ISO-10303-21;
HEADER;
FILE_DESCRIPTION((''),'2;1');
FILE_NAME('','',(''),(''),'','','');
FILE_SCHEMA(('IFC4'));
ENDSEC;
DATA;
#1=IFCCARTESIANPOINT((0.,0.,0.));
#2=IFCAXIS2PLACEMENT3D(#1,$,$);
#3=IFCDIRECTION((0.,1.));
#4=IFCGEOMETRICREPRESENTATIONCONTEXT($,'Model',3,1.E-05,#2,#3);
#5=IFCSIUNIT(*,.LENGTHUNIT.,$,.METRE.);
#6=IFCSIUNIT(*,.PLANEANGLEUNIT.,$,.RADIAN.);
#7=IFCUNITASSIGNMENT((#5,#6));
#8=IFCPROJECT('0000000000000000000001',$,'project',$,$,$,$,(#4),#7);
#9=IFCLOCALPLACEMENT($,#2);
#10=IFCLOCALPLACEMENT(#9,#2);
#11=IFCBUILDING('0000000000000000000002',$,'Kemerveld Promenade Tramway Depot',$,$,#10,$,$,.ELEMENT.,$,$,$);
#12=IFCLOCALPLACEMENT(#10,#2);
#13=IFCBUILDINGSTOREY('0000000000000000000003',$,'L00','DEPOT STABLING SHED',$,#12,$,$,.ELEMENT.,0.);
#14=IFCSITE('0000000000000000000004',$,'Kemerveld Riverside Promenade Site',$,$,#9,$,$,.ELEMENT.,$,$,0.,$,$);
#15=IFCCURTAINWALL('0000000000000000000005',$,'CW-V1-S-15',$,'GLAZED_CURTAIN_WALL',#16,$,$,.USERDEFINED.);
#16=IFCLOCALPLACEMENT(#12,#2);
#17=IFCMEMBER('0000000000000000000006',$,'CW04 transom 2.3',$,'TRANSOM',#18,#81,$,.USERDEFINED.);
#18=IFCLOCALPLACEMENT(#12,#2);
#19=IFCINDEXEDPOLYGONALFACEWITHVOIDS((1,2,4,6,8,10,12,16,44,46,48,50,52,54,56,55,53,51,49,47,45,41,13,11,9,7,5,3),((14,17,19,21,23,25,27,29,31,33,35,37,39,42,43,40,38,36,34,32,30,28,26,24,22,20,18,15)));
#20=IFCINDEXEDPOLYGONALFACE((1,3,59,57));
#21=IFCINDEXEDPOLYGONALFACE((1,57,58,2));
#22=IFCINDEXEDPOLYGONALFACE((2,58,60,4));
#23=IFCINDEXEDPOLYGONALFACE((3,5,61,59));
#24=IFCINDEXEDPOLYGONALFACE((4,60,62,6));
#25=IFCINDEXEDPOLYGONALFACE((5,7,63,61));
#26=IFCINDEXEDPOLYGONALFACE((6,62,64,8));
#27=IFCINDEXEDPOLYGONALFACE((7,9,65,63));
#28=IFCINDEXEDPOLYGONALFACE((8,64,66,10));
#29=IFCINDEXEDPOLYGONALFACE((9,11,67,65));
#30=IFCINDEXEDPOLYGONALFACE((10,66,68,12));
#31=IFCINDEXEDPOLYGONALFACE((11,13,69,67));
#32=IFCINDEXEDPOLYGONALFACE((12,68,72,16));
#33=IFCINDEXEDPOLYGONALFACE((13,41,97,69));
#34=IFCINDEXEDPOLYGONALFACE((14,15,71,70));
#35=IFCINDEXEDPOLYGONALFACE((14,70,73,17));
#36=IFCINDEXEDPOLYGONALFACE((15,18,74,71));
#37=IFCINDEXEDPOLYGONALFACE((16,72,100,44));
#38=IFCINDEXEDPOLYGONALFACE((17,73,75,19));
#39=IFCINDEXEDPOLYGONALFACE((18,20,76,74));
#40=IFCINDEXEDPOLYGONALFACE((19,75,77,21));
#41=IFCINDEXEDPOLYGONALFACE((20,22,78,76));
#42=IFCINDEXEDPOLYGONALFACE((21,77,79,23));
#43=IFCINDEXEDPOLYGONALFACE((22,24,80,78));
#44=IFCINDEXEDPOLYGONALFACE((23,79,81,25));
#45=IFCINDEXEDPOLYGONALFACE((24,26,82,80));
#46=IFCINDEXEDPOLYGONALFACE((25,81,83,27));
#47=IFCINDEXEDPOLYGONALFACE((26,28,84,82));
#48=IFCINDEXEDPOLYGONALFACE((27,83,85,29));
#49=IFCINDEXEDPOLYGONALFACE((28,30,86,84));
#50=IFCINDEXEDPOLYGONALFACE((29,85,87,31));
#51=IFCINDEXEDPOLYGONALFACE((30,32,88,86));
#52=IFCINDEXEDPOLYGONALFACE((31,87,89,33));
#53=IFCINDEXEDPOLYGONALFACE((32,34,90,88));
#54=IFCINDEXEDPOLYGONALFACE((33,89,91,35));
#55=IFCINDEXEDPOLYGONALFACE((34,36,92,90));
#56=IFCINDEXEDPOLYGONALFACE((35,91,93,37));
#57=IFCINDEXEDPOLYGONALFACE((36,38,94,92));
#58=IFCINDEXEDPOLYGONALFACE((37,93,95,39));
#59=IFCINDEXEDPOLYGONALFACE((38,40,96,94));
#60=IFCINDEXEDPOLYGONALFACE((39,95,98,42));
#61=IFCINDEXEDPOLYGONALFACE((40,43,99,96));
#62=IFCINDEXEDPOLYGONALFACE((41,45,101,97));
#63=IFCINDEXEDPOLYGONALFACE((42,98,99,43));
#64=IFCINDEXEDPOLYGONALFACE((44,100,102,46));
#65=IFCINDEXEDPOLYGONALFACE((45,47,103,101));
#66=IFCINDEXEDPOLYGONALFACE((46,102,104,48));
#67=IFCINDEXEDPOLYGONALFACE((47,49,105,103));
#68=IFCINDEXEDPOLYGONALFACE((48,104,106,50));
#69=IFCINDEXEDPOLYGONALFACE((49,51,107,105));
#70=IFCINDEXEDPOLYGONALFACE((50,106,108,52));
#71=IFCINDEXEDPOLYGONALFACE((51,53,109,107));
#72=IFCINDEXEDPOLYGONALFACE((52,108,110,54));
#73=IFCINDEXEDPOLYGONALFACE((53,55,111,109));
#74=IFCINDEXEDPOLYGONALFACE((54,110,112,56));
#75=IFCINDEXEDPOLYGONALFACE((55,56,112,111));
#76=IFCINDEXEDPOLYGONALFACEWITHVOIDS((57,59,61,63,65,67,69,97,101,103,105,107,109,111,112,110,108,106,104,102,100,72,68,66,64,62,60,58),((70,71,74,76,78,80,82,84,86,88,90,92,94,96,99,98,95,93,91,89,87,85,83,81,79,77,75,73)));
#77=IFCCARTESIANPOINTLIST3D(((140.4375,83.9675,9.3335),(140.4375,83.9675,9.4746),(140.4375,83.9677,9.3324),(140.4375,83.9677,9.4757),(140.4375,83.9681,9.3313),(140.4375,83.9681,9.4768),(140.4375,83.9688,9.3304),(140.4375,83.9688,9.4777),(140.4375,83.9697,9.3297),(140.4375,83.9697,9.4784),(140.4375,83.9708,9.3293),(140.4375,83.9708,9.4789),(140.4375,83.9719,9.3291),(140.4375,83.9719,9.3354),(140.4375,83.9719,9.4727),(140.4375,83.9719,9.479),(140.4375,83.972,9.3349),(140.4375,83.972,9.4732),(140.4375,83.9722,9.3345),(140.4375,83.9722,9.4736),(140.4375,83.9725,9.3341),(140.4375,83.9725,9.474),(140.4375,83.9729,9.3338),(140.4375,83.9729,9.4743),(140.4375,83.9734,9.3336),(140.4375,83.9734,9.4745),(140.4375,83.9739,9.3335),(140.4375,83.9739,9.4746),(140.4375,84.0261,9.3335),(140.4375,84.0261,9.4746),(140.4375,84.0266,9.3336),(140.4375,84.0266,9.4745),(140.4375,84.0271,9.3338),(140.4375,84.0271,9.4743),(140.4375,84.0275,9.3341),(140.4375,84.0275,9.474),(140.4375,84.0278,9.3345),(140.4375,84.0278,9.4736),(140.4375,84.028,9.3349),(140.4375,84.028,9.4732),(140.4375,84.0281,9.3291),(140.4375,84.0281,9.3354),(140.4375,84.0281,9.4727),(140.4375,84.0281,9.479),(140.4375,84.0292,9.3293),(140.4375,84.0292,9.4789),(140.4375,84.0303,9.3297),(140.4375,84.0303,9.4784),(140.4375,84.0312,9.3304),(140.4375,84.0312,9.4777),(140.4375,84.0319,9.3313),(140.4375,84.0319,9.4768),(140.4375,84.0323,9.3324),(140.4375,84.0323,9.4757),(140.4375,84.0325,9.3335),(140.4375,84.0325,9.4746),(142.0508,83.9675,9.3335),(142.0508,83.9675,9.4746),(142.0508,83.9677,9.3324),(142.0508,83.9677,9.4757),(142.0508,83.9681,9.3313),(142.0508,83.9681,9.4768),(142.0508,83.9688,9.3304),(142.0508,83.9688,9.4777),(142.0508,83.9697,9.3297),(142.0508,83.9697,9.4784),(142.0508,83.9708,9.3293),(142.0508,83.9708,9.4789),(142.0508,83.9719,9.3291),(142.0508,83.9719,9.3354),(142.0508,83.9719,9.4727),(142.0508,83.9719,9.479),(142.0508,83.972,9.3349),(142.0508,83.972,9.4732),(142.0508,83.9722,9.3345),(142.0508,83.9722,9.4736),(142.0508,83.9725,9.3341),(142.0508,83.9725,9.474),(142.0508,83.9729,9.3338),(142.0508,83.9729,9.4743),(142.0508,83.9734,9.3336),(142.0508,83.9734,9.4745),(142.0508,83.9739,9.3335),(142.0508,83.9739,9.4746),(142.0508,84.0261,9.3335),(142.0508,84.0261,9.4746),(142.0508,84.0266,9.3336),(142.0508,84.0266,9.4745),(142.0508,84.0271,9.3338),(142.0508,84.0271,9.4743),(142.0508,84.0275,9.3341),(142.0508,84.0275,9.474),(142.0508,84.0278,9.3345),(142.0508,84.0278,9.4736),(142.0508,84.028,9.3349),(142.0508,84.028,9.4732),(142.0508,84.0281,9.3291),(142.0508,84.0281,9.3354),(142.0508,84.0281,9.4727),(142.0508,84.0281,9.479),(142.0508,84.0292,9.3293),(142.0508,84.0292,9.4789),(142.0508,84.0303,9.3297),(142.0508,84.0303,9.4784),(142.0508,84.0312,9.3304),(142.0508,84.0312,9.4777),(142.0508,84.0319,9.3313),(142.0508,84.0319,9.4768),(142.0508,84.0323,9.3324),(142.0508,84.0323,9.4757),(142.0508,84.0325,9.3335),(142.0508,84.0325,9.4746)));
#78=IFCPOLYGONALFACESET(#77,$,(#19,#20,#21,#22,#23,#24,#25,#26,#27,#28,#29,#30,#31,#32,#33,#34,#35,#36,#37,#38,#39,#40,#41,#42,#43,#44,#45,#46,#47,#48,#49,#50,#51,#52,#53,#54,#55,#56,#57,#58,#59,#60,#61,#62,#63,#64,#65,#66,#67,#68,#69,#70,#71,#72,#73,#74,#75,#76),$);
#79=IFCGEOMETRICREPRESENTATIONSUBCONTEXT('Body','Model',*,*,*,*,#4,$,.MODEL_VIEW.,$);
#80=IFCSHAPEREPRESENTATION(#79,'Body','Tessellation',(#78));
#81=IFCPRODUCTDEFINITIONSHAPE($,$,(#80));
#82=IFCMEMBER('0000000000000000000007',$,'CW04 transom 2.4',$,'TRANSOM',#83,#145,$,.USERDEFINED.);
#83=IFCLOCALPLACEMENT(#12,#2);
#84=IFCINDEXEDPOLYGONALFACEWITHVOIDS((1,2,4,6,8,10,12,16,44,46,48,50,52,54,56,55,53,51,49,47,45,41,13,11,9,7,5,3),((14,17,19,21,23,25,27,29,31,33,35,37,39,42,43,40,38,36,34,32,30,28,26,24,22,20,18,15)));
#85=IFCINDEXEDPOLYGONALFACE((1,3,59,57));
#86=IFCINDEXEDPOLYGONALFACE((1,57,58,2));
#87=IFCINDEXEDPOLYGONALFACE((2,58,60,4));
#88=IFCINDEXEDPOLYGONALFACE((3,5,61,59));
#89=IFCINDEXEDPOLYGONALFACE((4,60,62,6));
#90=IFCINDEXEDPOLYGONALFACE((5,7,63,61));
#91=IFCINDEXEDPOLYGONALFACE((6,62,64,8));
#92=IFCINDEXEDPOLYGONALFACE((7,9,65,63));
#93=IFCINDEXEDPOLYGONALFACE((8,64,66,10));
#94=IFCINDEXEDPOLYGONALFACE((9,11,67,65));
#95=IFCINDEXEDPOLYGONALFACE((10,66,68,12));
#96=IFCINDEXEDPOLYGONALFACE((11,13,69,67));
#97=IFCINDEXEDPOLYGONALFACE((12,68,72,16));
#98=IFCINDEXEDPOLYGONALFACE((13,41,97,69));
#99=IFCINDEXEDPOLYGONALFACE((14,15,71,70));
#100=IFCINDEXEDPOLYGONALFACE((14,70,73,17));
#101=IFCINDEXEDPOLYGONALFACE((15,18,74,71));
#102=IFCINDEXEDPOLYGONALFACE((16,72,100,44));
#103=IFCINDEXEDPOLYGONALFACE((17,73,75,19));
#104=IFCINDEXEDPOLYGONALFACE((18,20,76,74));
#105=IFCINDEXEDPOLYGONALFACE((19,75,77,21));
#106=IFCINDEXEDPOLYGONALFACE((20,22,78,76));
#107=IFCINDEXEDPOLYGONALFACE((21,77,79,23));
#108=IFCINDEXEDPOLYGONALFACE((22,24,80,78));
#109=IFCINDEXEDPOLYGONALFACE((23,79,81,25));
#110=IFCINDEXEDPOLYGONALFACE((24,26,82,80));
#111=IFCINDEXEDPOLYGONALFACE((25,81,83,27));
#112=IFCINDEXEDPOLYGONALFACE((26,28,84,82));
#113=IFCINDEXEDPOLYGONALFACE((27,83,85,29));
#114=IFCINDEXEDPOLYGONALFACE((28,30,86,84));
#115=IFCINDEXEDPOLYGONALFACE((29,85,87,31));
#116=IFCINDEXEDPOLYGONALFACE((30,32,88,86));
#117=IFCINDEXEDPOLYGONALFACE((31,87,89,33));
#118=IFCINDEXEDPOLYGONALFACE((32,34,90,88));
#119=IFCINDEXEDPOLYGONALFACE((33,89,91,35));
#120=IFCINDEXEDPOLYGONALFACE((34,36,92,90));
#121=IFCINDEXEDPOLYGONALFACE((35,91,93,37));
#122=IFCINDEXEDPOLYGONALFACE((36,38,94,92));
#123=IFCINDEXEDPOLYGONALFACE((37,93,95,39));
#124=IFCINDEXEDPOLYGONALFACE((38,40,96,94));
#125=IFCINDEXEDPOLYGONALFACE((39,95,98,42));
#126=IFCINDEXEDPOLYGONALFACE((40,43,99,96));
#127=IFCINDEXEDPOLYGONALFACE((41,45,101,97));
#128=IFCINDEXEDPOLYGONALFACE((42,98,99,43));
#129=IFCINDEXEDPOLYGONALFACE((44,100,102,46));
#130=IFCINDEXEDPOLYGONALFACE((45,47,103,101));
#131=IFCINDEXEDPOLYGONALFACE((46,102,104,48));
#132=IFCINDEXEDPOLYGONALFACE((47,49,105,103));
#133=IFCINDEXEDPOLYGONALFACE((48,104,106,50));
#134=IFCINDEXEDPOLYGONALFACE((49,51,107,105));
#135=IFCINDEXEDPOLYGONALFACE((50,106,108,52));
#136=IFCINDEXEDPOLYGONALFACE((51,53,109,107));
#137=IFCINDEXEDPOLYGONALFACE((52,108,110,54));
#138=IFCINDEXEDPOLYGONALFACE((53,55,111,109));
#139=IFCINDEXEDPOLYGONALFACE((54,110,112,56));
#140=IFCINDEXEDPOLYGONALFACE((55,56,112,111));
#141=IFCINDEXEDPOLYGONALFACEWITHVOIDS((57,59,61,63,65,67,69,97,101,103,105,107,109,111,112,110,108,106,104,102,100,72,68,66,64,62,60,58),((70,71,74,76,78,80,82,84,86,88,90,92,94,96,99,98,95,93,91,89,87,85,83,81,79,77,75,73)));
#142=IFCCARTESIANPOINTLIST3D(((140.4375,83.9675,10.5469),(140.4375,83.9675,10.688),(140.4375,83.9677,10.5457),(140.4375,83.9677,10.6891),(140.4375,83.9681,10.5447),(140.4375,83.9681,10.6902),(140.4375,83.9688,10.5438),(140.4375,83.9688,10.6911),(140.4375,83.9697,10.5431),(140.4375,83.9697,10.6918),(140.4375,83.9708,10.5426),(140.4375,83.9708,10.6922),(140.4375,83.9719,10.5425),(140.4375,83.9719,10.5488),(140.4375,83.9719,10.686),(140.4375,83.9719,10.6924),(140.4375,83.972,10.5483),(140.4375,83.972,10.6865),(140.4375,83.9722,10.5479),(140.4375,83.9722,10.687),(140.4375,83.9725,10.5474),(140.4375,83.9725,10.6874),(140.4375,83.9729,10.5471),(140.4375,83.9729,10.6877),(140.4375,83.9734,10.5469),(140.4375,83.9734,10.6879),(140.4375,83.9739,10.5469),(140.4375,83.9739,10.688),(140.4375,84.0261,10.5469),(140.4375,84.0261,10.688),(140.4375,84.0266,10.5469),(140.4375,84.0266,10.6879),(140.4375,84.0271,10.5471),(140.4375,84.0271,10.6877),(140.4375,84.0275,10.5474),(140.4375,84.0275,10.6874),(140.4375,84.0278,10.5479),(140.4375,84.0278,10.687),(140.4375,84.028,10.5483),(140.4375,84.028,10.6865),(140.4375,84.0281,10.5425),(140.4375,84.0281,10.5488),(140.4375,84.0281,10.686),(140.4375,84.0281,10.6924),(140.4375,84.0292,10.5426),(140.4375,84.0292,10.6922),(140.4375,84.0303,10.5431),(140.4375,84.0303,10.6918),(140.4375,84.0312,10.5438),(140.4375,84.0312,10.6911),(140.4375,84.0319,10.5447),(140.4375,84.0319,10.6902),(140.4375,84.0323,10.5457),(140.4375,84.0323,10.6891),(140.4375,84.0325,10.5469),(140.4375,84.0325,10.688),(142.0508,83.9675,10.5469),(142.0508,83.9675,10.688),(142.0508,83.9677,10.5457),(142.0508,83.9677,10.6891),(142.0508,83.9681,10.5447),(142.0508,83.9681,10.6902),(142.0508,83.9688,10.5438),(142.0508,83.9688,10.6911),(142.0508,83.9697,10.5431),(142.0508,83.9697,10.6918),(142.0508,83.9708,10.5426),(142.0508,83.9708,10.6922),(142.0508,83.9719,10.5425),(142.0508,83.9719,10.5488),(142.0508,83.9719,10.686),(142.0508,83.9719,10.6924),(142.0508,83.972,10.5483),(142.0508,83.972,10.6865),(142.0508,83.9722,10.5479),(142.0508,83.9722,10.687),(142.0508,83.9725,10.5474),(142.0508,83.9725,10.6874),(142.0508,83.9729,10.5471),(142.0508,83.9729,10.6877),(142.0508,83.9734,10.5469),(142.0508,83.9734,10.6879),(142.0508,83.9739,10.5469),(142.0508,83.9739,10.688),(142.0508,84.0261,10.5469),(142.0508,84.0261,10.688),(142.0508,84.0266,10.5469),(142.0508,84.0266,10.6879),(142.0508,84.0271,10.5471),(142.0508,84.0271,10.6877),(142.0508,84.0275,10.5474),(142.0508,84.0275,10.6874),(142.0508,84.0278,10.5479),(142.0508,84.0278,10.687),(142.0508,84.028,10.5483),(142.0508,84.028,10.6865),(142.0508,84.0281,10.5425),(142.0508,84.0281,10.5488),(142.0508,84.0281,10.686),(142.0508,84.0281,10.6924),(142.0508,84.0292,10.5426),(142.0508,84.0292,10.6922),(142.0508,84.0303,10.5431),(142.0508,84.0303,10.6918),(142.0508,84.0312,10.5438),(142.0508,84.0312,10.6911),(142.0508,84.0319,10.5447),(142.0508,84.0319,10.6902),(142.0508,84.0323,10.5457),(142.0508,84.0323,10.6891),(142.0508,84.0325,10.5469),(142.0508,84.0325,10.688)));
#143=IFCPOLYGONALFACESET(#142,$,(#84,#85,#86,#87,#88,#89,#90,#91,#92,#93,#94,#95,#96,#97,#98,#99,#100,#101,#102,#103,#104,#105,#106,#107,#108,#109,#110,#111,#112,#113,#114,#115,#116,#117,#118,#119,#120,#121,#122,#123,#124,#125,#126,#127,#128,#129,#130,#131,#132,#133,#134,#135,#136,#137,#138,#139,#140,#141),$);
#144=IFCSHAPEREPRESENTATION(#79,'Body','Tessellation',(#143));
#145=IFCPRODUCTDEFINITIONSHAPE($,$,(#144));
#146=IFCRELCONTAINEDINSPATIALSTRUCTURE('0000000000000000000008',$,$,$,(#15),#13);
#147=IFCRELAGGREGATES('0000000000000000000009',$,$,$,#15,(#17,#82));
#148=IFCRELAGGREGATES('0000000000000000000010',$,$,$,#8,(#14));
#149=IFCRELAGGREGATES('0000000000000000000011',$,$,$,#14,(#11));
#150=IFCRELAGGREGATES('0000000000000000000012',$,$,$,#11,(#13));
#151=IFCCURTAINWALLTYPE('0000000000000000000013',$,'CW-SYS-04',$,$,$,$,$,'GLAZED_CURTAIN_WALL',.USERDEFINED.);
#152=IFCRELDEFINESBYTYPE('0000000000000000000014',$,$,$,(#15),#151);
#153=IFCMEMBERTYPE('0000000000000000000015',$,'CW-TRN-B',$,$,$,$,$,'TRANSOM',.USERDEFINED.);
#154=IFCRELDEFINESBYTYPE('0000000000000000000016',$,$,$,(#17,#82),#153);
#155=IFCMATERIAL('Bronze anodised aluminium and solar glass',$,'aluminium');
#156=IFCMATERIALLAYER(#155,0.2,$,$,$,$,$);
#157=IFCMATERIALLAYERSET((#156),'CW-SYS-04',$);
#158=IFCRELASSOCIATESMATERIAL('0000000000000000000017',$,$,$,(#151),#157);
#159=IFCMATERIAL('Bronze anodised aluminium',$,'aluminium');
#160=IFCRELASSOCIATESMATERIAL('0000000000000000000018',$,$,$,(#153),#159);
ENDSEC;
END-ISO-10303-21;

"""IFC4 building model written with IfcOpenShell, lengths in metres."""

from ifc_helpers import new_model, si_unit, direction, frame, origin, origin_2d, place, context, subcontext, project, spatial, hollow_rectangle, extrude, material, layer, layer_set, material_profile, profile_set, type_object, element, aggregate, save


model = new_model("IFC4")

# Units and contexts
model_context = context("Model", 3, precision=1e-05, world=origin(), true_north=direction((0.0, 1.0)))
body_context = subcontext(model_context, "Body", "Model", "MODEL_VIEW")
ifc_project = project(units=[si_unit("LENGTHUNIT", "METRE"), si_unit("PLANEANGLEUNIT", "RADIAN")], contexts=[model_context])

# Site, building, storey
site_placement = place(None, origin())
site = spatial("IfcSite", under=ifc_project, at=site_placement, Name="Kemerveld Riverside Promenade Site", CompositionType="ELEMENT", RefElevation=0.0)
building_placement = place(site_placement, origin())
building = spatial("IfcBuilding", under=site, at=building_placement, Name="Kemerveld Promenade Tramway Depot", CompositionType="ELEMENT")
storey_placement = place(building_placement, origin())
storey = spatial("IfcBuildingStorey", under=building, at=storey_placement, Name="L00", Description="DEPOT STABLING SHED", CompositionType="ELEMENT", Elevation=0.0)

# Curtain wall, members
ifc_material_1 = material(Name="Bronze anodised aluminium and solar glass", Category="aluminium")
ifc_material_2 = material(Name="Bronze anodised aluminium", Category="aluminium")
ifc_layer_1 = layer(ifc_material_1, 0.2)
ifc_layer_set_1 = layer_set([ifc_layer_1], Name="CW-SYS-04")
curtain_wall_type_1 = type_object("IfcCurtainWallType", Name="CW-SYS-04", ElementType="GLAZED_CURTAIN_WALL", PredefinedType="USERDEFINED", material=ifc_layer_set_1)
curtain_wall_1_placement = place(storey_placement, origin())
curtain_wall_1 = element("IfcCurtainWall", 1, at=curtain_wall_1_placement, inside=storey, type_object=curtain_wall_type_1, Name="CW-V1-S-15", ObjectType="GLAZED_CURTAIN_WALL", PredefinedType="USERDEFINED")
ifc_material_profile_1 = material_profile(ifc_material_2, hollow_rectangle(XDim=0.0649, YDim=0.1499, WallThickness=0.0044, InnerFilletRadius=0.002, OuterFilletRadius=0.0044, at=origin_2d()), Name="CW-TRN-150x65")
ifc_profile_set_1 = profile_set([ifc_material_profile_1], Name="Bronze anodised aluminium")
member_type_1 = type_object("IfcMemberType", Name="CW-TRN-B", ElementType="TRANSOM", PredefinedType="USERDEFINED", material=ifc_profile_set_1)
member_1_placement = place(storey_placement, frame((142.0508, 84.0, 9.4041), z_axis=(-1.0, 0.0, 0.0), x_axis=(0.0, -1.0, 0.0)))
member_1 = element("IfcMember", 2, at=member_1_placement, type_object=member_type_1, Name="CW04 transom 2.3", ObjectType="TRANSOM", PredefinedType="USERDEFINED", context=body_context, shape_type="SweptSolid", body=[
    extrude(hollow_rectangle(XDim=0.0649, YDim=0.1499, WallThickness=0.0044, InnerFilletRadius=0.002, OuterFilletRadius=0.0044, at=origin_2d()), origin(), (0.0, 0.0, 1.0), 1.6133),
])
member_2_placement = place(storey_placement, frame((142.0508, 84.0, 10.6174), z_axis=(-1.0, 0.0, 0.0), x_axis=(0.0, -1.0, 0.0)))
member_2 = element("IfcMember", 3, at=member_2_placement, type_object=member_type_1, Name="CW04 transom 2.4", ObjectType="TRANSOM", PredefinedType="USERDEFINED", context=body_context, shape_type="SweptSolid", body=[
    extrude(hollow_rectangle(XDim=0.0649, YDim=0.1499, WallThickness=0.0044, InnerFilletRadius=0.002, OuterFilletRadius=0.0044, at=origin_2d()), origin(), (0.0, 0.0, 1.0), 1.6133),
])

aggregate(curtain_wall_1, [member_1, member_2])

save(model, "model.ifc")
